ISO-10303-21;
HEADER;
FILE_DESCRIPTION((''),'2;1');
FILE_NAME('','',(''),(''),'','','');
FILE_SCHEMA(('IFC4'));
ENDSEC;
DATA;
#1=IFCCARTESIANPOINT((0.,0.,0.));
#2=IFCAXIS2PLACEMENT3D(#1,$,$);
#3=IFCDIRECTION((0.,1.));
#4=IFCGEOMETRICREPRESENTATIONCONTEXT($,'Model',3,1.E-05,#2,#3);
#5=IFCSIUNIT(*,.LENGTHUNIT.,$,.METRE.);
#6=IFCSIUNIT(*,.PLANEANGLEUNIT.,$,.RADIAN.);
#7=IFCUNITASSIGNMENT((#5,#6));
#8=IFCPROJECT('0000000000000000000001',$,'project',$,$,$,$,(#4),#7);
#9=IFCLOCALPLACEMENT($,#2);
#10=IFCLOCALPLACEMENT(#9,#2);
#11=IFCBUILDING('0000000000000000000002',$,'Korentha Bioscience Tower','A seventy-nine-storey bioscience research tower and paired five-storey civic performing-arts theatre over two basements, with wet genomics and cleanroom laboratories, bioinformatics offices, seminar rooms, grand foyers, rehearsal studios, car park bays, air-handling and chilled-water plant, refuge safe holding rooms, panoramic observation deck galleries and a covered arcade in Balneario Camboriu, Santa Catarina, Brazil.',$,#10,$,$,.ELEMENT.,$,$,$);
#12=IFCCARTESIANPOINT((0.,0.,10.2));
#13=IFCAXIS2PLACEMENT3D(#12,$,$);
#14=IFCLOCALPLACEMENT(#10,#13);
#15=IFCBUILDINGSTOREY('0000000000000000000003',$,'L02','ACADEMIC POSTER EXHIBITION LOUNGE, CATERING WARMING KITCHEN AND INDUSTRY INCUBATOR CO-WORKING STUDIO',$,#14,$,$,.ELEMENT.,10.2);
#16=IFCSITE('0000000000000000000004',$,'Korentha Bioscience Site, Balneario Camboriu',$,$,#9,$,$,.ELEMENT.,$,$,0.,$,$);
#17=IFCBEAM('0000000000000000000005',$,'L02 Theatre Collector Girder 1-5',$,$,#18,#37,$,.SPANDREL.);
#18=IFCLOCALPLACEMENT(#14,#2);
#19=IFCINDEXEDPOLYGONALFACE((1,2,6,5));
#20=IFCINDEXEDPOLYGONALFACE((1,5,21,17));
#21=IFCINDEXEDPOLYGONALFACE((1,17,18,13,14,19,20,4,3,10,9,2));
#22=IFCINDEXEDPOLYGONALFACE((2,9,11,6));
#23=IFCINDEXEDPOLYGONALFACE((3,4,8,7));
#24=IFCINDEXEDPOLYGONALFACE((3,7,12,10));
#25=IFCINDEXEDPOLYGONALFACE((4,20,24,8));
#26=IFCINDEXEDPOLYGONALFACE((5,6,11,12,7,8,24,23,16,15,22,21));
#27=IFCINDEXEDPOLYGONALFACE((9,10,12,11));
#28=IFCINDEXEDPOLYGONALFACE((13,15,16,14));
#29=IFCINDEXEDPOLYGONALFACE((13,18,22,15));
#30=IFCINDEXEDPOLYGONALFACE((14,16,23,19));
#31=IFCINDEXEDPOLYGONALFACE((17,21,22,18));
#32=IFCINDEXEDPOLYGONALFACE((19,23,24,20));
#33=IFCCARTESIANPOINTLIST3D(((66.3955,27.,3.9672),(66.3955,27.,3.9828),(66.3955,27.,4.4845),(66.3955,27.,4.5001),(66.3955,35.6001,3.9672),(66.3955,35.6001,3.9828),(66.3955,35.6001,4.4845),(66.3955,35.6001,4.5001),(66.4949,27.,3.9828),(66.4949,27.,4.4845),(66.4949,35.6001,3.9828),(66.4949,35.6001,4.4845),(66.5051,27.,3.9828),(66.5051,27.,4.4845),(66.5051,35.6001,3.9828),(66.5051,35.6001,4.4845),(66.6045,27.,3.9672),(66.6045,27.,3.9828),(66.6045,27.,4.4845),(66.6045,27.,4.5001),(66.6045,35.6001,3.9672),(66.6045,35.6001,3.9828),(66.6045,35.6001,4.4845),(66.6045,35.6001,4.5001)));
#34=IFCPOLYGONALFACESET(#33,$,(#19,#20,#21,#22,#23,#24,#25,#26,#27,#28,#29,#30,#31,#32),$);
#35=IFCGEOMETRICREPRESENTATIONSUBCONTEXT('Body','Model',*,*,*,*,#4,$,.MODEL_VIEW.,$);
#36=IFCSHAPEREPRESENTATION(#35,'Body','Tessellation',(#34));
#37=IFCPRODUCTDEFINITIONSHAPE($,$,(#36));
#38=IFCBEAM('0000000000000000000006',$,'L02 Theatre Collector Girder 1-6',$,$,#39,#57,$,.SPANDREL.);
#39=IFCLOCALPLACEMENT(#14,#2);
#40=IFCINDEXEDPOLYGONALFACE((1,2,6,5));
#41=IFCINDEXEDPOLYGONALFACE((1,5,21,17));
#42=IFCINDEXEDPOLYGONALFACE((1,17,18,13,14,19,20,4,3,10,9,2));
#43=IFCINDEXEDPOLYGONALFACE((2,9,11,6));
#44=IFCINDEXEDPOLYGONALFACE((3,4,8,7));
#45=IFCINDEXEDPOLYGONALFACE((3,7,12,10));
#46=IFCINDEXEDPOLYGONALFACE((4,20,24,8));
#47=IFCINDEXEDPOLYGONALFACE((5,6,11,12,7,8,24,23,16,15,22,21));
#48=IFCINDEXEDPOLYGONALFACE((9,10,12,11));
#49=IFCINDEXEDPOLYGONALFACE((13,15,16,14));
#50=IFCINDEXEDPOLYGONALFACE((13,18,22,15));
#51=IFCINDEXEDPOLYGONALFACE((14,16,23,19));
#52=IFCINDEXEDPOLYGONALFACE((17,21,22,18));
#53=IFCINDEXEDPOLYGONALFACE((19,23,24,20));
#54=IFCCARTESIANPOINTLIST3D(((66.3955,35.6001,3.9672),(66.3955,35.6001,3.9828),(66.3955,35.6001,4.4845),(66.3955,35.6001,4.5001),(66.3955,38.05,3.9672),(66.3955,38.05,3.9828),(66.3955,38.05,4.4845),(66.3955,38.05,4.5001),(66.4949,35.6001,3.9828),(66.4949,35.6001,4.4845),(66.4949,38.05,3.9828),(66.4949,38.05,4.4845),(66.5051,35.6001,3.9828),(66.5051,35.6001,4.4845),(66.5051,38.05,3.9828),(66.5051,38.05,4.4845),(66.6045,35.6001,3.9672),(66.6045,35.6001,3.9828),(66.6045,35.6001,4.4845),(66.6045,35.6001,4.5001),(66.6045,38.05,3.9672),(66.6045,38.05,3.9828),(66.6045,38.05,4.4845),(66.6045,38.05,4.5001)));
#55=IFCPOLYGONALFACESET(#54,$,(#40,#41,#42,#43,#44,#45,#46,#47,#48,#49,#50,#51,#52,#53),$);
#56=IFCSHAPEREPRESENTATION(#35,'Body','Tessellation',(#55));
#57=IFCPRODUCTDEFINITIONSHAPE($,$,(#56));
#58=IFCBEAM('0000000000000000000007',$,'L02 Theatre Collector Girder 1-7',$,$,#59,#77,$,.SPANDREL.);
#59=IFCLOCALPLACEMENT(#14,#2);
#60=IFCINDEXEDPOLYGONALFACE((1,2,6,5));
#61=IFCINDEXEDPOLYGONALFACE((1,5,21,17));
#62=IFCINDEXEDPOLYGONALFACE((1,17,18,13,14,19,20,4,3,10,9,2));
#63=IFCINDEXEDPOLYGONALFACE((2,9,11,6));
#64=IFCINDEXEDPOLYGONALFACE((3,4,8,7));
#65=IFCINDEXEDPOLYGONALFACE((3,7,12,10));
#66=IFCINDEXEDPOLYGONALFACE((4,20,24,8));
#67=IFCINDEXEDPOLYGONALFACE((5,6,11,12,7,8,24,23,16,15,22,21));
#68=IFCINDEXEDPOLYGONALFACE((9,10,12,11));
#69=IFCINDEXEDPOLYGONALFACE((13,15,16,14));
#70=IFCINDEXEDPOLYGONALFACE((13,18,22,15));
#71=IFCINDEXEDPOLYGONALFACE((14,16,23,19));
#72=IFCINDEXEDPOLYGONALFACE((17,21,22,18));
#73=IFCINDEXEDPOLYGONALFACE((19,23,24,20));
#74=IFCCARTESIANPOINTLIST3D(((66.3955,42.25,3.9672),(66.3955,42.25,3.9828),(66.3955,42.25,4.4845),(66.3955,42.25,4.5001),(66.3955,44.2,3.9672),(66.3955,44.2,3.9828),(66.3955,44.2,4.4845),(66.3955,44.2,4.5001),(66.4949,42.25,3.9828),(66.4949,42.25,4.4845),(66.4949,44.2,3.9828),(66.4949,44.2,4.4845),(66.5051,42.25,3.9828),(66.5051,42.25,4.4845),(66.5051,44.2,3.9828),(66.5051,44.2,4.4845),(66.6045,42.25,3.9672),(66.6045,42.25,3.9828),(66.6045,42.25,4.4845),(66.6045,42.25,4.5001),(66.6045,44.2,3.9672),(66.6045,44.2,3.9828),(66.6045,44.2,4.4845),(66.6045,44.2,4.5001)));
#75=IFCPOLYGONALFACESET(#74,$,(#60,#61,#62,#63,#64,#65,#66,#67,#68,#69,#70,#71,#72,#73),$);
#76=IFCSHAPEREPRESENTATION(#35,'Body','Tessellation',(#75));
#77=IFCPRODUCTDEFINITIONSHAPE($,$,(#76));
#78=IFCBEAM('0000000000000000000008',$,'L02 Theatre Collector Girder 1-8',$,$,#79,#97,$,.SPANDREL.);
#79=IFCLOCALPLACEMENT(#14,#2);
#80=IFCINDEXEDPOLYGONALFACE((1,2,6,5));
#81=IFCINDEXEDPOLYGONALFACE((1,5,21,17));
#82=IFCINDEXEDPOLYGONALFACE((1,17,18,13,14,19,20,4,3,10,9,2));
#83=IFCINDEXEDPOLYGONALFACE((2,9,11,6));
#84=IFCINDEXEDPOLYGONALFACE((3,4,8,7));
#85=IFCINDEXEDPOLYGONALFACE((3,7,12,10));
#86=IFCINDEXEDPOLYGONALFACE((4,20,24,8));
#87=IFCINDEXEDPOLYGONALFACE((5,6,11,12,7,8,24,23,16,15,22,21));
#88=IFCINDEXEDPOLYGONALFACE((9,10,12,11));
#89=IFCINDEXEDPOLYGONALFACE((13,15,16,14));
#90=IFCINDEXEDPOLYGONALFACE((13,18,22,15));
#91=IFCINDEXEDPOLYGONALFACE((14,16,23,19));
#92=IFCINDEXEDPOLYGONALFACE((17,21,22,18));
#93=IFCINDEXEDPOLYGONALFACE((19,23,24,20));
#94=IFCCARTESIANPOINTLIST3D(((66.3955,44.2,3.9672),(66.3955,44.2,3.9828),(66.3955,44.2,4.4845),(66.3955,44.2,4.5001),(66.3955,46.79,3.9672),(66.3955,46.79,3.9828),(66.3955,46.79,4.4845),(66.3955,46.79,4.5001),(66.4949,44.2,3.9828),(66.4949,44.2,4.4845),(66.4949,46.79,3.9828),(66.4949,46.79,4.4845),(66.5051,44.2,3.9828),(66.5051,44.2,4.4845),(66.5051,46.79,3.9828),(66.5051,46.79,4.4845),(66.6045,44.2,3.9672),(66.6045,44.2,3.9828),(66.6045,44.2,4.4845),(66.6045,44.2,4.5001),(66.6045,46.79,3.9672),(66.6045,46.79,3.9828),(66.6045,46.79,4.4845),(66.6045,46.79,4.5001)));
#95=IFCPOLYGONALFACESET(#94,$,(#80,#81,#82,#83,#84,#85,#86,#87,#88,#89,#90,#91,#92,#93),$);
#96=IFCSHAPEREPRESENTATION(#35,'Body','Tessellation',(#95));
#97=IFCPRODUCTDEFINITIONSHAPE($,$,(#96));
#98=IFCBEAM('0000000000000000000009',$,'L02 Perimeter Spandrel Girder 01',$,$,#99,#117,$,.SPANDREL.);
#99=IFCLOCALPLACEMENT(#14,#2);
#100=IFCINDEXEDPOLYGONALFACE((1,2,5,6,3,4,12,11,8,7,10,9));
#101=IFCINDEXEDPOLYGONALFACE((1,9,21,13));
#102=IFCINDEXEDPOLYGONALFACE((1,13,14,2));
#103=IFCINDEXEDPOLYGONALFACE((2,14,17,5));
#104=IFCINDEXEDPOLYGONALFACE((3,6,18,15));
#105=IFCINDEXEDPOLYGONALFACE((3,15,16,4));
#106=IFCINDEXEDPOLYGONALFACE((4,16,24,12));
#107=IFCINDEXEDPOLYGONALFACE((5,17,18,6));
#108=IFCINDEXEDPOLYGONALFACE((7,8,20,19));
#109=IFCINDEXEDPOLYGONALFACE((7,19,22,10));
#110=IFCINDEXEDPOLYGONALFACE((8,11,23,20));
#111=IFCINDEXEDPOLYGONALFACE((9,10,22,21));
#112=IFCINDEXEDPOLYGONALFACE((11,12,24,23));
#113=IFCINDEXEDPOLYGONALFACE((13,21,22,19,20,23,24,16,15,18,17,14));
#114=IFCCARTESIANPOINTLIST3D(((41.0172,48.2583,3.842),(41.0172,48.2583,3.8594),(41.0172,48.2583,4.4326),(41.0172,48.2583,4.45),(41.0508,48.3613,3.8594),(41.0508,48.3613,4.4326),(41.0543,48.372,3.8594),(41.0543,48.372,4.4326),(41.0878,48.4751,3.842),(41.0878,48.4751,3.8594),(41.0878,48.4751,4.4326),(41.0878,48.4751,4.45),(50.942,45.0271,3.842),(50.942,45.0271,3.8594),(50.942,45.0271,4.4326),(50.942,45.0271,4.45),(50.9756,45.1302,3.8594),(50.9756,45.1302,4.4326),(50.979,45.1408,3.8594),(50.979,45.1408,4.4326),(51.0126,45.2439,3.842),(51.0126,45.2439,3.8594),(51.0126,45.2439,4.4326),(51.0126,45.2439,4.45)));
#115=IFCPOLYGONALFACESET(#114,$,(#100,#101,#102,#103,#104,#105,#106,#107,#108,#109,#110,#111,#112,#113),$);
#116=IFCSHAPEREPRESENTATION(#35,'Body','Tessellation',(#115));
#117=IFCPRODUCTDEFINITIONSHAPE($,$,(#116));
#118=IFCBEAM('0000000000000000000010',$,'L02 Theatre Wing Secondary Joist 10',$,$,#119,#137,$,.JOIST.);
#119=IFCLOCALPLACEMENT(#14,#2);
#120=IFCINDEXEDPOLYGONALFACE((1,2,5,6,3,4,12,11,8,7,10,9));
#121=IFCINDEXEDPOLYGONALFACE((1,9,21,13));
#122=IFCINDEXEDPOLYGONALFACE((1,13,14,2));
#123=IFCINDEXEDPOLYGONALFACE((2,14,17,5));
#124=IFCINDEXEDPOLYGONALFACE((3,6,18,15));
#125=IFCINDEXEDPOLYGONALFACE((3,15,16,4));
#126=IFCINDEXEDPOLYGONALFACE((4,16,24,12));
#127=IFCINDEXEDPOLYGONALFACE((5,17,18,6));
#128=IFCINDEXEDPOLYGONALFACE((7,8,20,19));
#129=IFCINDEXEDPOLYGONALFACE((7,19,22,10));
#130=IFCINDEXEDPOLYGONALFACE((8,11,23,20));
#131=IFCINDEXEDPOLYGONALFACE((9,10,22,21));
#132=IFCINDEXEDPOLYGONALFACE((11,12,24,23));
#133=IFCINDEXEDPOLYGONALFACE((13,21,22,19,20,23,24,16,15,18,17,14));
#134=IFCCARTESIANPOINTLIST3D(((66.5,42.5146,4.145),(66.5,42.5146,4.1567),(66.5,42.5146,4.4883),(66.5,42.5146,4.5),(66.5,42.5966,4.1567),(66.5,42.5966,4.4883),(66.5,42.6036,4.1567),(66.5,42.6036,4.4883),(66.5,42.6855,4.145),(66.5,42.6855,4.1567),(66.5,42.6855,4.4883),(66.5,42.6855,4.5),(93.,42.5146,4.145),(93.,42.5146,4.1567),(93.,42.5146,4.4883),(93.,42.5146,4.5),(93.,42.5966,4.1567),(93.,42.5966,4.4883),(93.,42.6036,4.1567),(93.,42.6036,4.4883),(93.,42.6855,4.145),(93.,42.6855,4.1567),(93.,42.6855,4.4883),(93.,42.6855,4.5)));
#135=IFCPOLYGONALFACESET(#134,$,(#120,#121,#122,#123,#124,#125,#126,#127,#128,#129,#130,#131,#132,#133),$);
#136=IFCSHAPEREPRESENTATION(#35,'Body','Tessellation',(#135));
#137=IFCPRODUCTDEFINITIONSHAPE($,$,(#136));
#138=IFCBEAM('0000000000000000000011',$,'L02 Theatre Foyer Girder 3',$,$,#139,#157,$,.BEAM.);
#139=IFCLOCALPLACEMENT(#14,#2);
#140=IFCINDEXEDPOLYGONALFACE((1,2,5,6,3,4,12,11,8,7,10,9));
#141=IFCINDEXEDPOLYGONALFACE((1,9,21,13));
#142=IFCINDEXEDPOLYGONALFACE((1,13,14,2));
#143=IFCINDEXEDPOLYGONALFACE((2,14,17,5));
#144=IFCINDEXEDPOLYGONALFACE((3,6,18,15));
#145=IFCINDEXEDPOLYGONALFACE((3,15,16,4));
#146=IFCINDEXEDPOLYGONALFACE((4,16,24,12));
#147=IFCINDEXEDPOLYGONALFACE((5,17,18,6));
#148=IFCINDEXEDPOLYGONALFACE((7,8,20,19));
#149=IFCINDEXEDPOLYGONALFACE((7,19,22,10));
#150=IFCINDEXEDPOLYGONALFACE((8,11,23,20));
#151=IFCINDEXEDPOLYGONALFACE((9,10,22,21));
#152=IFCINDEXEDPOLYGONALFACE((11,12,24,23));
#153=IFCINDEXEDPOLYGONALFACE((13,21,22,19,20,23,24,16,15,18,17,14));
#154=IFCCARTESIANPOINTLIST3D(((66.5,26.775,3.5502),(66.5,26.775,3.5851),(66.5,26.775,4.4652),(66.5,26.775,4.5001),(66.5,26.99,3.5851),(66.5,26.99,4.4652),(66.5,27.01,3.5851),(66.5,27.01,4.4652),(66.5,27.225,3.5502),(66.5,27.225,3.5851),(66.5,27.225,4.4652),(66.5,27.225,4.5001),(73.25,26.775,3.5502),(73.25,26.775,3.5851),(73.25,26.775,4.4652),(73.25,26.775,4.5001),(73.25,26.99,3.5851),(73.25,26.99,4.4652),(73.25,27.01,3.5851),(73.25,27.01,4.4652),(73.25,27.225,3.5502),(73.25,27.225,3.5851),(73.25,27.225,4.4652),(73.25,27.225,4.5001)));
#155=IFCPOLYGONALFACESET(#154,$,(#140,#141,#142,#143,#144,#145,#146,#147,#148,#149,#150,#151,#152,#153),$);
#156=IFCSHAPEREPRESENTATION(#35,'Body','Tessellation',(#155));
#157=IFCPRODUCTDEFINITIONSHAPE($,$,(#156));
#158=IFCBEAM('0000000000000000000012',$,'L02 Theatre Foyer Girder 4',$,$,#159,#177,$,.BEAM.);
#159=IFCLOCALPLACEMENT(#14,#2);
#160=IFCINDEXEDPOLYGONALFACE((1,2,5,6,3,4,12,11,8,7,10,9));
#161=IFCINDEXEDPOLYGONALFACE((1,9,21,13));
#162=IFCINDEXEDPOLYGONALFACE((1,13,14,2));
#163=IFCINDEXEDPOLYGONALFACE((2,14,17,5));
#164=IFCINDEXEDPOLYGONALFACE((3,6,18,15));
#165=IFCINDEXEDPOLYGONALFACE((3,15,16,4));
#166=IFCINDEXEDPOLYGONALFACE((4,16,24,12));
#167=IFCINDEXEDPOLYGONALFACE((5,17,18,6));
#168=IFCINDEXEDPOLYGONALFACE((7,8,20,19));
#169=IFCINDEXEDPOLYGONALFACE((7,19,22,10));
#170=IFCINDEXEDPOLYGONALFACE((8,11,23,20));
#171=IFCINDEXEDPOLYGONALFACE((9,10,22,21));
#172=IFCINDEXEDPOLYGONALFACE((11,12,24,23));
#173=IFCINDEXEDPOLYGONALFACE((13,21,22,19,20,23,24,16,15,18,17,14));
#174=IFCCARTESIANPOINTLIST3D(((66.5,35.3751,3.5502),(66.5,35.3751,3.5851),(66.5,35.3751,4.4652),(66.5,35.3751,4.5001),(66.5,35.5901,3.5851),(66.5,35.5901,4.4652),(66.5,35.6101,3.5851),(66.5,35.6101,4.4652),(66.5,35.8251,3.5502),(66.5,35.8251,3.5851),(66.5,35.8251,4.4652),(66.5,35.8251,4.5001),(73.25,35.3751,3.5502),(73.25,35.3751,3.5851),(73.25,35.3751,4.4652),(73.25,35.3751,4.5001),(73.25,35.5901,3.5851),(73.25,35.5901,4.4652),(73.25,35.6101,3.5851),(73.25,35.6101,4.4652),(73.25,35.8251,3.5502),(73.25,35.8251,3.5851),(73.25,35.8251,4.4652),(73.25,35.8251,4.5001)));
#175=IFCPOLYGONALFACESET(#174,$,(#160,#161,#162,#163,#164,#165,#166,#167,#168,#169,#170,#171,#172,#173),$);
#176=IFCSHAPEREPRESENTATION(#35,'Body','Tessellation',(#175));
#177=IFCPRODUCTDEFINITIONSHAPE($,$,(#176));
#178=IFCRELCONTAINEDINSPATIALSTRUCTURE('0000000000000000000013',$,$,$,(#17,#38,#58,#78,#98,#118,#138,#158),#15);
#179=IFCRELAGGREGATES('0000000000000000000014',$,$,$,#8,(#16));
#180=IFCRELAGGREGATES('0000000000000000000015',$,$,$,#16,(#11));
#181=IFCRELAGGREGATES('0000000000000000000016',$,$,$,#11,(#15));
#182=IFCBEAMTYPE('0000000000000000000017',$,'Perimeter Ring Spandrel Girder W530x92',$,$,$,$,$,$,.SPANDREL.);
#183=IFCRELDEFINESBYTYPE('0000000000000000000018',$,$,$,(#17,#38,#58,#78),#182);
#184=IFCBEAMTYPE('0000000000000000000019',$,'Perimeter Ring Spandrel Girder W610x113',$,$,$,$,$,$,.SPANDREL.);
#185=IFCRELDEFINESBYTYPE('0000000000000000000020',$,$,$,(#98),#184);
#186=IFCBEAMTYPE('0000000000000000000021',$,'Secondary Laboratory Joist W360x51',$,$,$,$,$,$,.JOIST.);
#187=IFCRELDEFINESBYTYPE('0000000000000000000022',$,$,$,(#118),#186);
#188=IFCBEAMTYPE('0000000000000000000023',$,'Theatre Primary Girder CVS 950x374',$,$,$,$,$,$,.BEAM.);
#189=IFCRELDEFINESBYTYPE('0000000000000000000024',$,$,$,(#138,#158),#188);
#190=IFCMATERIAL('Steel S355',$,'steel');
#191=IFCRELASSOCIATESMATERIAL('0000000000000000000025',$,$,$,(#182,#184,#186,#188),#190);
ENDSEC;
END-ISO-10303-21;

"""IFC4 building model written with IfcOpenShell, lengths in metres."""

from ifc_helpers import new_model, si_unit, direction, frame, origin, origin_2d, place, context, subcontext, project, spatial, i_section, extrude, material, material_profile, profile_set, type_object, element, save


model = new_model("IFC4")

# Units and contexts
model_context = context("Model", 3, precision=1e-05, world=origin(), true_north=direction((0.0, 1.0)))
body_context = subcontext(model_context, "Body", "Model", "MODEL_VIEW")
ifc_project = project(units=[si_unit("LENGTHUNIT", "METRE"), si_unit("PLANEANGLEUNIT", "RADIAN")], contexts=[model_context])

# Site, building, storey
site_placement = place(None, origin())
site = spatial("IfcSite", under=ifc_project, at=site_placement, Name="Korentha Bioscience Site, Balneario Camboriu", CompositionType="ELEMENT", RefElevation=0.0)
building_placement = place(site_placement, origin())
building = spatial("IfcBuilding", under=site, at=building_placement, Name="Korentha Bioscience Tower", Description="A seventy-nine-storey bioscience research tower and paired five-storey civic performing-arts theatre over two basements, with wet genomics and cleanroom laboratories, bioinformatics offices, seminar rooms, grand foyers, rehearsal studios, car park bays, air-handling and chilled-water plant, refuge safe holding rooms, panoramic observation deck galleries and a covered arcade in Balneario Camboriu, Santa Catarina, Brazil.", CompositionType="ELEMENT")
storey_placement = place(building_placement, frame((0.0, 0.0, 10.2)))
storey = spatial("IfcBuildingStorey", under=building, at=storey_placement, Name="L02", Description="ACADEMIC POSTER EXHIBITION LOUNGE, CATERING WARMING KITCHEN AND INDUSTRY INCUBATOR CO-WORKING STUDIO", CompositionType="ELEMENT", Elevation=10.2)

# Shared definitions
ifc_material_1 = material(Name="Steel S355", Category="steel")

# Beams
ifc_material_profile_1 = material_profile(ifc_material_1, i_section(OverallWidth=0.209, OverallDepth=0.533, WebThickness=0.0103, FlangeThickness=0.0156, at=origin_2d()), Name="Steel S355")
ifc_profile_set_1 = profile_set([ifc_material_profile_1], Name="Steel S355 (SB-530)")
beam_type_1 = type_object("IfcBeamType", Name="Perimeter Ring Spandrel Girder W530x92", PredefinedType="SPANDREL", material=ifc_profile_set_1)
beam_1_placement = place(storey_placement, frame((66.5, 27.0, 4.2336), z_axis=(0.0, 1.0, 0.0), x_axis=(-1.0, 0.0, 0.0)))
element("IfcBeam", 1, at=beam_1_placement, inside=storey, type_object=beam_type_1, Name="L02 Theatre Collector Girder 1-5", PredefinedType="SPANDREL", context=body_context, shape_type="SweptSolid", body=[
    extrude(i_section(OverallWidth=0.209, OverallDepth=0.533, WebThickness=0.0103, FlangeThickness=0.0156, at=origin_2d()), origin(), (0.0, 0.0, 1.0), 8.6001),
])
beam_2_placement = place(storey_placement, frame((66.5, 35.6001, 4.2336), z_axis=(0.0, 1.0, 0.0), x_axis=(-1.0, 0.0, 0.0)))
element("IfcBeam", 2, at=beam_2_placement, inside=storey, type_object=beam_type_1, Name="L02 Theatre Collector Girder 1-6", PredefinedType="SPANDREL", context=body_context, shape_type="SweptSolid", body=[
    extrude(i_section(OverallWidth=0.209, OverallDepth=0.533, WebThickness=0.0103, FlangeThickness=0.0156, at=origin_2d()), origin(), (0.0, 0.0, 1.0), 2.45),
])
beam_3_placement = place(storey_placement, frame((66.5, 42.25, 4.2336), z_axis=(0.0, 1.0, 0.0), x_axis=(-1.0, 0.0, 0.0)))
element("IfcBeam", 3, at=beam_3_placement, inside=storey, type_object=beam_type_1, Name="L02 Theatre Collector Girder 1-7", PredefinedType="SPANDREL", context=body_context, shape_type="SweptSolid", body=[
    extrude(i_section(OverallWidth=0.209, OverallDepth=0.533, WebThickness=0.0103, FlangeThickness=0.0156, at=origin_2d()), origin(), (0.0, 0.0, 1.0), 1.95),
])
beam_4_placement = place(storey_placement, frame((66.5, 44.2, 4.2336), z_axis=(0.0, 1.0, 0.0), x_axis=(-1.0, 0.0, 0.0)))
element("IfcBeam", 4, at=beam_4_placement, inside=storey, type_object=beam_type_1, Name="L02 Theatre Collector Girder 1-8", PredefinedType="SPANDREL", context=body_context, shape_type="SweptSolid", body=[
    extrude(i_section(OverallWidth=0.209, OverallDepth=0.533, WebThickness=0.0103, FlangeThickness=0.0156, at=origin_2d()), origin(), (0.0, 0.0, 1.0), 2.5901),
])
ifc_material_profile_2 = material_profile(ifc_material_1, i_section(OverallWidth=0.228, OverallDepth=0.6079, WebThickness=0.0112, FlangeThickness=0.0173, at=origin_2d()), Name="Steel S355")
ifc_profile_set_2 = profile_set([ifc_material_profile_2], Name="Steel S355 (SB-610)")
beam_type_2 = type_object("IfcBeamType", Name="Perimeter Ring Spandrel Girder W610x113", PredefinedType="SPANDREL", material=ifc_profile_set_2)
beam_5_placement = place(storey_placement, frame((50.9773, 45.1355, 4.146), z_axis=(-0.950875, 0.309575, 0.0), x_axis=(-0.309575, -0.950875, 0.0)))
element("IfcBeam", 5, at=beam_5_placement, inside=storey, type_object=beam_type_2, Name="L02 Perimeter Spandrel Girder 01", PredefinedType="SPANDREL", context=body_context, shape_type="SweptSolid", body=[
    extrude(i_section(OverallWidth=0.228, OverallDepth=0.6079, WebThickness=0.0112, FlangeThickness=0.0173, at=origin_2d()), origin(), (0.0, 0.0, 1.0), 10.4375),
])
ifc_material_profile_3 = material_profile(ifc_material_1, i_section(OverallWidth=0.1709, OverallDepth=0.355, WebThickness=0.0071, FlangeThickness=0.0117, at=origin_2d()), Name="Steel S355")
ifc_profile_set_3 = profile_set([ifc_material_profile_3], Name="Steel S355 (JB-360)")
beam_type_3 = type_object("IfcBeamType", Name="Secondary Laboratory Joist W360x51", PredefinedType="JOIST", material=ifc_profile_set_3)
beam_6_placement = place(storey_placement, frame((66.5, 42.6001, 4.3225), z_axis=(1.0, 0.0, 0.0), x_axis=(0.0, 1.0, 0.0)))
element("IfcBeam", 6, at=beam_6_placement, inside=storey, type_object=beam_type_3, Name="L02 Theatre Wing Secondary Joist 10", PredefinedType="JOIST", context=body_context, shape_type="SweptSolid", body=[
    extrude(i_section(OverallWidth=0.1709, OverallDepth=0.355, WebThickness=0.0071, FlangeThickness=0.0117, at=origin_2d()), origin(), (0.0, 0.0, 1.0), 26.5),
])
ifc_material_profile_4 = material_profile(ifc_material_1, i_section(OverallWidth=0.45, OverallDepth=0.95, WebThickness=0.02, FlangeThickness=0.0349, at=origin_2d()), Name="Steel S355")
ifc_profile_set_4 = profile_set([ifc_material_profile_4], Name="Steel S355 (TB-950)")
beam_type_4 = type_object("IfcBeamType", Name="Theatre Primary Girder CVS 950x374", PredefinedType="BEAM", material=ifc_profile_set_4)
for number, where, z_axis, x_axis, name in (
    (7, (66.5, 27.0, 4.0251), (1.0, 0.0, 0.0), (0.0, 1.0, 0.0), "L02 Theatre Foyer Girder 3"),
    (8, (66.5, 35.6001, 4.0251), (1.0, 0.0, 0.0), (0.0, 1.0, 0.0), "L02 Theatre Foyer Girder 4"),
):
    element("IfcBeam", number, at=place(storey_placement, frame(where, z_axis=z_axis, x_axis=x_axis)), inside=storey, type_object=beam_type_4, Name=name, PredefinedType="BEAM", context=body_context, shape_type="SweptSolid", body=[
        extrude(i_section(OverallWidth=0.45, OverallDepth=0.95, WebThickness=0.02, FlangeThickness=0.0349, at=origin_2d()), origin(), (0.0, 0.0, 1.0), 6.75),
    ])

save(model, "model.ifc")
